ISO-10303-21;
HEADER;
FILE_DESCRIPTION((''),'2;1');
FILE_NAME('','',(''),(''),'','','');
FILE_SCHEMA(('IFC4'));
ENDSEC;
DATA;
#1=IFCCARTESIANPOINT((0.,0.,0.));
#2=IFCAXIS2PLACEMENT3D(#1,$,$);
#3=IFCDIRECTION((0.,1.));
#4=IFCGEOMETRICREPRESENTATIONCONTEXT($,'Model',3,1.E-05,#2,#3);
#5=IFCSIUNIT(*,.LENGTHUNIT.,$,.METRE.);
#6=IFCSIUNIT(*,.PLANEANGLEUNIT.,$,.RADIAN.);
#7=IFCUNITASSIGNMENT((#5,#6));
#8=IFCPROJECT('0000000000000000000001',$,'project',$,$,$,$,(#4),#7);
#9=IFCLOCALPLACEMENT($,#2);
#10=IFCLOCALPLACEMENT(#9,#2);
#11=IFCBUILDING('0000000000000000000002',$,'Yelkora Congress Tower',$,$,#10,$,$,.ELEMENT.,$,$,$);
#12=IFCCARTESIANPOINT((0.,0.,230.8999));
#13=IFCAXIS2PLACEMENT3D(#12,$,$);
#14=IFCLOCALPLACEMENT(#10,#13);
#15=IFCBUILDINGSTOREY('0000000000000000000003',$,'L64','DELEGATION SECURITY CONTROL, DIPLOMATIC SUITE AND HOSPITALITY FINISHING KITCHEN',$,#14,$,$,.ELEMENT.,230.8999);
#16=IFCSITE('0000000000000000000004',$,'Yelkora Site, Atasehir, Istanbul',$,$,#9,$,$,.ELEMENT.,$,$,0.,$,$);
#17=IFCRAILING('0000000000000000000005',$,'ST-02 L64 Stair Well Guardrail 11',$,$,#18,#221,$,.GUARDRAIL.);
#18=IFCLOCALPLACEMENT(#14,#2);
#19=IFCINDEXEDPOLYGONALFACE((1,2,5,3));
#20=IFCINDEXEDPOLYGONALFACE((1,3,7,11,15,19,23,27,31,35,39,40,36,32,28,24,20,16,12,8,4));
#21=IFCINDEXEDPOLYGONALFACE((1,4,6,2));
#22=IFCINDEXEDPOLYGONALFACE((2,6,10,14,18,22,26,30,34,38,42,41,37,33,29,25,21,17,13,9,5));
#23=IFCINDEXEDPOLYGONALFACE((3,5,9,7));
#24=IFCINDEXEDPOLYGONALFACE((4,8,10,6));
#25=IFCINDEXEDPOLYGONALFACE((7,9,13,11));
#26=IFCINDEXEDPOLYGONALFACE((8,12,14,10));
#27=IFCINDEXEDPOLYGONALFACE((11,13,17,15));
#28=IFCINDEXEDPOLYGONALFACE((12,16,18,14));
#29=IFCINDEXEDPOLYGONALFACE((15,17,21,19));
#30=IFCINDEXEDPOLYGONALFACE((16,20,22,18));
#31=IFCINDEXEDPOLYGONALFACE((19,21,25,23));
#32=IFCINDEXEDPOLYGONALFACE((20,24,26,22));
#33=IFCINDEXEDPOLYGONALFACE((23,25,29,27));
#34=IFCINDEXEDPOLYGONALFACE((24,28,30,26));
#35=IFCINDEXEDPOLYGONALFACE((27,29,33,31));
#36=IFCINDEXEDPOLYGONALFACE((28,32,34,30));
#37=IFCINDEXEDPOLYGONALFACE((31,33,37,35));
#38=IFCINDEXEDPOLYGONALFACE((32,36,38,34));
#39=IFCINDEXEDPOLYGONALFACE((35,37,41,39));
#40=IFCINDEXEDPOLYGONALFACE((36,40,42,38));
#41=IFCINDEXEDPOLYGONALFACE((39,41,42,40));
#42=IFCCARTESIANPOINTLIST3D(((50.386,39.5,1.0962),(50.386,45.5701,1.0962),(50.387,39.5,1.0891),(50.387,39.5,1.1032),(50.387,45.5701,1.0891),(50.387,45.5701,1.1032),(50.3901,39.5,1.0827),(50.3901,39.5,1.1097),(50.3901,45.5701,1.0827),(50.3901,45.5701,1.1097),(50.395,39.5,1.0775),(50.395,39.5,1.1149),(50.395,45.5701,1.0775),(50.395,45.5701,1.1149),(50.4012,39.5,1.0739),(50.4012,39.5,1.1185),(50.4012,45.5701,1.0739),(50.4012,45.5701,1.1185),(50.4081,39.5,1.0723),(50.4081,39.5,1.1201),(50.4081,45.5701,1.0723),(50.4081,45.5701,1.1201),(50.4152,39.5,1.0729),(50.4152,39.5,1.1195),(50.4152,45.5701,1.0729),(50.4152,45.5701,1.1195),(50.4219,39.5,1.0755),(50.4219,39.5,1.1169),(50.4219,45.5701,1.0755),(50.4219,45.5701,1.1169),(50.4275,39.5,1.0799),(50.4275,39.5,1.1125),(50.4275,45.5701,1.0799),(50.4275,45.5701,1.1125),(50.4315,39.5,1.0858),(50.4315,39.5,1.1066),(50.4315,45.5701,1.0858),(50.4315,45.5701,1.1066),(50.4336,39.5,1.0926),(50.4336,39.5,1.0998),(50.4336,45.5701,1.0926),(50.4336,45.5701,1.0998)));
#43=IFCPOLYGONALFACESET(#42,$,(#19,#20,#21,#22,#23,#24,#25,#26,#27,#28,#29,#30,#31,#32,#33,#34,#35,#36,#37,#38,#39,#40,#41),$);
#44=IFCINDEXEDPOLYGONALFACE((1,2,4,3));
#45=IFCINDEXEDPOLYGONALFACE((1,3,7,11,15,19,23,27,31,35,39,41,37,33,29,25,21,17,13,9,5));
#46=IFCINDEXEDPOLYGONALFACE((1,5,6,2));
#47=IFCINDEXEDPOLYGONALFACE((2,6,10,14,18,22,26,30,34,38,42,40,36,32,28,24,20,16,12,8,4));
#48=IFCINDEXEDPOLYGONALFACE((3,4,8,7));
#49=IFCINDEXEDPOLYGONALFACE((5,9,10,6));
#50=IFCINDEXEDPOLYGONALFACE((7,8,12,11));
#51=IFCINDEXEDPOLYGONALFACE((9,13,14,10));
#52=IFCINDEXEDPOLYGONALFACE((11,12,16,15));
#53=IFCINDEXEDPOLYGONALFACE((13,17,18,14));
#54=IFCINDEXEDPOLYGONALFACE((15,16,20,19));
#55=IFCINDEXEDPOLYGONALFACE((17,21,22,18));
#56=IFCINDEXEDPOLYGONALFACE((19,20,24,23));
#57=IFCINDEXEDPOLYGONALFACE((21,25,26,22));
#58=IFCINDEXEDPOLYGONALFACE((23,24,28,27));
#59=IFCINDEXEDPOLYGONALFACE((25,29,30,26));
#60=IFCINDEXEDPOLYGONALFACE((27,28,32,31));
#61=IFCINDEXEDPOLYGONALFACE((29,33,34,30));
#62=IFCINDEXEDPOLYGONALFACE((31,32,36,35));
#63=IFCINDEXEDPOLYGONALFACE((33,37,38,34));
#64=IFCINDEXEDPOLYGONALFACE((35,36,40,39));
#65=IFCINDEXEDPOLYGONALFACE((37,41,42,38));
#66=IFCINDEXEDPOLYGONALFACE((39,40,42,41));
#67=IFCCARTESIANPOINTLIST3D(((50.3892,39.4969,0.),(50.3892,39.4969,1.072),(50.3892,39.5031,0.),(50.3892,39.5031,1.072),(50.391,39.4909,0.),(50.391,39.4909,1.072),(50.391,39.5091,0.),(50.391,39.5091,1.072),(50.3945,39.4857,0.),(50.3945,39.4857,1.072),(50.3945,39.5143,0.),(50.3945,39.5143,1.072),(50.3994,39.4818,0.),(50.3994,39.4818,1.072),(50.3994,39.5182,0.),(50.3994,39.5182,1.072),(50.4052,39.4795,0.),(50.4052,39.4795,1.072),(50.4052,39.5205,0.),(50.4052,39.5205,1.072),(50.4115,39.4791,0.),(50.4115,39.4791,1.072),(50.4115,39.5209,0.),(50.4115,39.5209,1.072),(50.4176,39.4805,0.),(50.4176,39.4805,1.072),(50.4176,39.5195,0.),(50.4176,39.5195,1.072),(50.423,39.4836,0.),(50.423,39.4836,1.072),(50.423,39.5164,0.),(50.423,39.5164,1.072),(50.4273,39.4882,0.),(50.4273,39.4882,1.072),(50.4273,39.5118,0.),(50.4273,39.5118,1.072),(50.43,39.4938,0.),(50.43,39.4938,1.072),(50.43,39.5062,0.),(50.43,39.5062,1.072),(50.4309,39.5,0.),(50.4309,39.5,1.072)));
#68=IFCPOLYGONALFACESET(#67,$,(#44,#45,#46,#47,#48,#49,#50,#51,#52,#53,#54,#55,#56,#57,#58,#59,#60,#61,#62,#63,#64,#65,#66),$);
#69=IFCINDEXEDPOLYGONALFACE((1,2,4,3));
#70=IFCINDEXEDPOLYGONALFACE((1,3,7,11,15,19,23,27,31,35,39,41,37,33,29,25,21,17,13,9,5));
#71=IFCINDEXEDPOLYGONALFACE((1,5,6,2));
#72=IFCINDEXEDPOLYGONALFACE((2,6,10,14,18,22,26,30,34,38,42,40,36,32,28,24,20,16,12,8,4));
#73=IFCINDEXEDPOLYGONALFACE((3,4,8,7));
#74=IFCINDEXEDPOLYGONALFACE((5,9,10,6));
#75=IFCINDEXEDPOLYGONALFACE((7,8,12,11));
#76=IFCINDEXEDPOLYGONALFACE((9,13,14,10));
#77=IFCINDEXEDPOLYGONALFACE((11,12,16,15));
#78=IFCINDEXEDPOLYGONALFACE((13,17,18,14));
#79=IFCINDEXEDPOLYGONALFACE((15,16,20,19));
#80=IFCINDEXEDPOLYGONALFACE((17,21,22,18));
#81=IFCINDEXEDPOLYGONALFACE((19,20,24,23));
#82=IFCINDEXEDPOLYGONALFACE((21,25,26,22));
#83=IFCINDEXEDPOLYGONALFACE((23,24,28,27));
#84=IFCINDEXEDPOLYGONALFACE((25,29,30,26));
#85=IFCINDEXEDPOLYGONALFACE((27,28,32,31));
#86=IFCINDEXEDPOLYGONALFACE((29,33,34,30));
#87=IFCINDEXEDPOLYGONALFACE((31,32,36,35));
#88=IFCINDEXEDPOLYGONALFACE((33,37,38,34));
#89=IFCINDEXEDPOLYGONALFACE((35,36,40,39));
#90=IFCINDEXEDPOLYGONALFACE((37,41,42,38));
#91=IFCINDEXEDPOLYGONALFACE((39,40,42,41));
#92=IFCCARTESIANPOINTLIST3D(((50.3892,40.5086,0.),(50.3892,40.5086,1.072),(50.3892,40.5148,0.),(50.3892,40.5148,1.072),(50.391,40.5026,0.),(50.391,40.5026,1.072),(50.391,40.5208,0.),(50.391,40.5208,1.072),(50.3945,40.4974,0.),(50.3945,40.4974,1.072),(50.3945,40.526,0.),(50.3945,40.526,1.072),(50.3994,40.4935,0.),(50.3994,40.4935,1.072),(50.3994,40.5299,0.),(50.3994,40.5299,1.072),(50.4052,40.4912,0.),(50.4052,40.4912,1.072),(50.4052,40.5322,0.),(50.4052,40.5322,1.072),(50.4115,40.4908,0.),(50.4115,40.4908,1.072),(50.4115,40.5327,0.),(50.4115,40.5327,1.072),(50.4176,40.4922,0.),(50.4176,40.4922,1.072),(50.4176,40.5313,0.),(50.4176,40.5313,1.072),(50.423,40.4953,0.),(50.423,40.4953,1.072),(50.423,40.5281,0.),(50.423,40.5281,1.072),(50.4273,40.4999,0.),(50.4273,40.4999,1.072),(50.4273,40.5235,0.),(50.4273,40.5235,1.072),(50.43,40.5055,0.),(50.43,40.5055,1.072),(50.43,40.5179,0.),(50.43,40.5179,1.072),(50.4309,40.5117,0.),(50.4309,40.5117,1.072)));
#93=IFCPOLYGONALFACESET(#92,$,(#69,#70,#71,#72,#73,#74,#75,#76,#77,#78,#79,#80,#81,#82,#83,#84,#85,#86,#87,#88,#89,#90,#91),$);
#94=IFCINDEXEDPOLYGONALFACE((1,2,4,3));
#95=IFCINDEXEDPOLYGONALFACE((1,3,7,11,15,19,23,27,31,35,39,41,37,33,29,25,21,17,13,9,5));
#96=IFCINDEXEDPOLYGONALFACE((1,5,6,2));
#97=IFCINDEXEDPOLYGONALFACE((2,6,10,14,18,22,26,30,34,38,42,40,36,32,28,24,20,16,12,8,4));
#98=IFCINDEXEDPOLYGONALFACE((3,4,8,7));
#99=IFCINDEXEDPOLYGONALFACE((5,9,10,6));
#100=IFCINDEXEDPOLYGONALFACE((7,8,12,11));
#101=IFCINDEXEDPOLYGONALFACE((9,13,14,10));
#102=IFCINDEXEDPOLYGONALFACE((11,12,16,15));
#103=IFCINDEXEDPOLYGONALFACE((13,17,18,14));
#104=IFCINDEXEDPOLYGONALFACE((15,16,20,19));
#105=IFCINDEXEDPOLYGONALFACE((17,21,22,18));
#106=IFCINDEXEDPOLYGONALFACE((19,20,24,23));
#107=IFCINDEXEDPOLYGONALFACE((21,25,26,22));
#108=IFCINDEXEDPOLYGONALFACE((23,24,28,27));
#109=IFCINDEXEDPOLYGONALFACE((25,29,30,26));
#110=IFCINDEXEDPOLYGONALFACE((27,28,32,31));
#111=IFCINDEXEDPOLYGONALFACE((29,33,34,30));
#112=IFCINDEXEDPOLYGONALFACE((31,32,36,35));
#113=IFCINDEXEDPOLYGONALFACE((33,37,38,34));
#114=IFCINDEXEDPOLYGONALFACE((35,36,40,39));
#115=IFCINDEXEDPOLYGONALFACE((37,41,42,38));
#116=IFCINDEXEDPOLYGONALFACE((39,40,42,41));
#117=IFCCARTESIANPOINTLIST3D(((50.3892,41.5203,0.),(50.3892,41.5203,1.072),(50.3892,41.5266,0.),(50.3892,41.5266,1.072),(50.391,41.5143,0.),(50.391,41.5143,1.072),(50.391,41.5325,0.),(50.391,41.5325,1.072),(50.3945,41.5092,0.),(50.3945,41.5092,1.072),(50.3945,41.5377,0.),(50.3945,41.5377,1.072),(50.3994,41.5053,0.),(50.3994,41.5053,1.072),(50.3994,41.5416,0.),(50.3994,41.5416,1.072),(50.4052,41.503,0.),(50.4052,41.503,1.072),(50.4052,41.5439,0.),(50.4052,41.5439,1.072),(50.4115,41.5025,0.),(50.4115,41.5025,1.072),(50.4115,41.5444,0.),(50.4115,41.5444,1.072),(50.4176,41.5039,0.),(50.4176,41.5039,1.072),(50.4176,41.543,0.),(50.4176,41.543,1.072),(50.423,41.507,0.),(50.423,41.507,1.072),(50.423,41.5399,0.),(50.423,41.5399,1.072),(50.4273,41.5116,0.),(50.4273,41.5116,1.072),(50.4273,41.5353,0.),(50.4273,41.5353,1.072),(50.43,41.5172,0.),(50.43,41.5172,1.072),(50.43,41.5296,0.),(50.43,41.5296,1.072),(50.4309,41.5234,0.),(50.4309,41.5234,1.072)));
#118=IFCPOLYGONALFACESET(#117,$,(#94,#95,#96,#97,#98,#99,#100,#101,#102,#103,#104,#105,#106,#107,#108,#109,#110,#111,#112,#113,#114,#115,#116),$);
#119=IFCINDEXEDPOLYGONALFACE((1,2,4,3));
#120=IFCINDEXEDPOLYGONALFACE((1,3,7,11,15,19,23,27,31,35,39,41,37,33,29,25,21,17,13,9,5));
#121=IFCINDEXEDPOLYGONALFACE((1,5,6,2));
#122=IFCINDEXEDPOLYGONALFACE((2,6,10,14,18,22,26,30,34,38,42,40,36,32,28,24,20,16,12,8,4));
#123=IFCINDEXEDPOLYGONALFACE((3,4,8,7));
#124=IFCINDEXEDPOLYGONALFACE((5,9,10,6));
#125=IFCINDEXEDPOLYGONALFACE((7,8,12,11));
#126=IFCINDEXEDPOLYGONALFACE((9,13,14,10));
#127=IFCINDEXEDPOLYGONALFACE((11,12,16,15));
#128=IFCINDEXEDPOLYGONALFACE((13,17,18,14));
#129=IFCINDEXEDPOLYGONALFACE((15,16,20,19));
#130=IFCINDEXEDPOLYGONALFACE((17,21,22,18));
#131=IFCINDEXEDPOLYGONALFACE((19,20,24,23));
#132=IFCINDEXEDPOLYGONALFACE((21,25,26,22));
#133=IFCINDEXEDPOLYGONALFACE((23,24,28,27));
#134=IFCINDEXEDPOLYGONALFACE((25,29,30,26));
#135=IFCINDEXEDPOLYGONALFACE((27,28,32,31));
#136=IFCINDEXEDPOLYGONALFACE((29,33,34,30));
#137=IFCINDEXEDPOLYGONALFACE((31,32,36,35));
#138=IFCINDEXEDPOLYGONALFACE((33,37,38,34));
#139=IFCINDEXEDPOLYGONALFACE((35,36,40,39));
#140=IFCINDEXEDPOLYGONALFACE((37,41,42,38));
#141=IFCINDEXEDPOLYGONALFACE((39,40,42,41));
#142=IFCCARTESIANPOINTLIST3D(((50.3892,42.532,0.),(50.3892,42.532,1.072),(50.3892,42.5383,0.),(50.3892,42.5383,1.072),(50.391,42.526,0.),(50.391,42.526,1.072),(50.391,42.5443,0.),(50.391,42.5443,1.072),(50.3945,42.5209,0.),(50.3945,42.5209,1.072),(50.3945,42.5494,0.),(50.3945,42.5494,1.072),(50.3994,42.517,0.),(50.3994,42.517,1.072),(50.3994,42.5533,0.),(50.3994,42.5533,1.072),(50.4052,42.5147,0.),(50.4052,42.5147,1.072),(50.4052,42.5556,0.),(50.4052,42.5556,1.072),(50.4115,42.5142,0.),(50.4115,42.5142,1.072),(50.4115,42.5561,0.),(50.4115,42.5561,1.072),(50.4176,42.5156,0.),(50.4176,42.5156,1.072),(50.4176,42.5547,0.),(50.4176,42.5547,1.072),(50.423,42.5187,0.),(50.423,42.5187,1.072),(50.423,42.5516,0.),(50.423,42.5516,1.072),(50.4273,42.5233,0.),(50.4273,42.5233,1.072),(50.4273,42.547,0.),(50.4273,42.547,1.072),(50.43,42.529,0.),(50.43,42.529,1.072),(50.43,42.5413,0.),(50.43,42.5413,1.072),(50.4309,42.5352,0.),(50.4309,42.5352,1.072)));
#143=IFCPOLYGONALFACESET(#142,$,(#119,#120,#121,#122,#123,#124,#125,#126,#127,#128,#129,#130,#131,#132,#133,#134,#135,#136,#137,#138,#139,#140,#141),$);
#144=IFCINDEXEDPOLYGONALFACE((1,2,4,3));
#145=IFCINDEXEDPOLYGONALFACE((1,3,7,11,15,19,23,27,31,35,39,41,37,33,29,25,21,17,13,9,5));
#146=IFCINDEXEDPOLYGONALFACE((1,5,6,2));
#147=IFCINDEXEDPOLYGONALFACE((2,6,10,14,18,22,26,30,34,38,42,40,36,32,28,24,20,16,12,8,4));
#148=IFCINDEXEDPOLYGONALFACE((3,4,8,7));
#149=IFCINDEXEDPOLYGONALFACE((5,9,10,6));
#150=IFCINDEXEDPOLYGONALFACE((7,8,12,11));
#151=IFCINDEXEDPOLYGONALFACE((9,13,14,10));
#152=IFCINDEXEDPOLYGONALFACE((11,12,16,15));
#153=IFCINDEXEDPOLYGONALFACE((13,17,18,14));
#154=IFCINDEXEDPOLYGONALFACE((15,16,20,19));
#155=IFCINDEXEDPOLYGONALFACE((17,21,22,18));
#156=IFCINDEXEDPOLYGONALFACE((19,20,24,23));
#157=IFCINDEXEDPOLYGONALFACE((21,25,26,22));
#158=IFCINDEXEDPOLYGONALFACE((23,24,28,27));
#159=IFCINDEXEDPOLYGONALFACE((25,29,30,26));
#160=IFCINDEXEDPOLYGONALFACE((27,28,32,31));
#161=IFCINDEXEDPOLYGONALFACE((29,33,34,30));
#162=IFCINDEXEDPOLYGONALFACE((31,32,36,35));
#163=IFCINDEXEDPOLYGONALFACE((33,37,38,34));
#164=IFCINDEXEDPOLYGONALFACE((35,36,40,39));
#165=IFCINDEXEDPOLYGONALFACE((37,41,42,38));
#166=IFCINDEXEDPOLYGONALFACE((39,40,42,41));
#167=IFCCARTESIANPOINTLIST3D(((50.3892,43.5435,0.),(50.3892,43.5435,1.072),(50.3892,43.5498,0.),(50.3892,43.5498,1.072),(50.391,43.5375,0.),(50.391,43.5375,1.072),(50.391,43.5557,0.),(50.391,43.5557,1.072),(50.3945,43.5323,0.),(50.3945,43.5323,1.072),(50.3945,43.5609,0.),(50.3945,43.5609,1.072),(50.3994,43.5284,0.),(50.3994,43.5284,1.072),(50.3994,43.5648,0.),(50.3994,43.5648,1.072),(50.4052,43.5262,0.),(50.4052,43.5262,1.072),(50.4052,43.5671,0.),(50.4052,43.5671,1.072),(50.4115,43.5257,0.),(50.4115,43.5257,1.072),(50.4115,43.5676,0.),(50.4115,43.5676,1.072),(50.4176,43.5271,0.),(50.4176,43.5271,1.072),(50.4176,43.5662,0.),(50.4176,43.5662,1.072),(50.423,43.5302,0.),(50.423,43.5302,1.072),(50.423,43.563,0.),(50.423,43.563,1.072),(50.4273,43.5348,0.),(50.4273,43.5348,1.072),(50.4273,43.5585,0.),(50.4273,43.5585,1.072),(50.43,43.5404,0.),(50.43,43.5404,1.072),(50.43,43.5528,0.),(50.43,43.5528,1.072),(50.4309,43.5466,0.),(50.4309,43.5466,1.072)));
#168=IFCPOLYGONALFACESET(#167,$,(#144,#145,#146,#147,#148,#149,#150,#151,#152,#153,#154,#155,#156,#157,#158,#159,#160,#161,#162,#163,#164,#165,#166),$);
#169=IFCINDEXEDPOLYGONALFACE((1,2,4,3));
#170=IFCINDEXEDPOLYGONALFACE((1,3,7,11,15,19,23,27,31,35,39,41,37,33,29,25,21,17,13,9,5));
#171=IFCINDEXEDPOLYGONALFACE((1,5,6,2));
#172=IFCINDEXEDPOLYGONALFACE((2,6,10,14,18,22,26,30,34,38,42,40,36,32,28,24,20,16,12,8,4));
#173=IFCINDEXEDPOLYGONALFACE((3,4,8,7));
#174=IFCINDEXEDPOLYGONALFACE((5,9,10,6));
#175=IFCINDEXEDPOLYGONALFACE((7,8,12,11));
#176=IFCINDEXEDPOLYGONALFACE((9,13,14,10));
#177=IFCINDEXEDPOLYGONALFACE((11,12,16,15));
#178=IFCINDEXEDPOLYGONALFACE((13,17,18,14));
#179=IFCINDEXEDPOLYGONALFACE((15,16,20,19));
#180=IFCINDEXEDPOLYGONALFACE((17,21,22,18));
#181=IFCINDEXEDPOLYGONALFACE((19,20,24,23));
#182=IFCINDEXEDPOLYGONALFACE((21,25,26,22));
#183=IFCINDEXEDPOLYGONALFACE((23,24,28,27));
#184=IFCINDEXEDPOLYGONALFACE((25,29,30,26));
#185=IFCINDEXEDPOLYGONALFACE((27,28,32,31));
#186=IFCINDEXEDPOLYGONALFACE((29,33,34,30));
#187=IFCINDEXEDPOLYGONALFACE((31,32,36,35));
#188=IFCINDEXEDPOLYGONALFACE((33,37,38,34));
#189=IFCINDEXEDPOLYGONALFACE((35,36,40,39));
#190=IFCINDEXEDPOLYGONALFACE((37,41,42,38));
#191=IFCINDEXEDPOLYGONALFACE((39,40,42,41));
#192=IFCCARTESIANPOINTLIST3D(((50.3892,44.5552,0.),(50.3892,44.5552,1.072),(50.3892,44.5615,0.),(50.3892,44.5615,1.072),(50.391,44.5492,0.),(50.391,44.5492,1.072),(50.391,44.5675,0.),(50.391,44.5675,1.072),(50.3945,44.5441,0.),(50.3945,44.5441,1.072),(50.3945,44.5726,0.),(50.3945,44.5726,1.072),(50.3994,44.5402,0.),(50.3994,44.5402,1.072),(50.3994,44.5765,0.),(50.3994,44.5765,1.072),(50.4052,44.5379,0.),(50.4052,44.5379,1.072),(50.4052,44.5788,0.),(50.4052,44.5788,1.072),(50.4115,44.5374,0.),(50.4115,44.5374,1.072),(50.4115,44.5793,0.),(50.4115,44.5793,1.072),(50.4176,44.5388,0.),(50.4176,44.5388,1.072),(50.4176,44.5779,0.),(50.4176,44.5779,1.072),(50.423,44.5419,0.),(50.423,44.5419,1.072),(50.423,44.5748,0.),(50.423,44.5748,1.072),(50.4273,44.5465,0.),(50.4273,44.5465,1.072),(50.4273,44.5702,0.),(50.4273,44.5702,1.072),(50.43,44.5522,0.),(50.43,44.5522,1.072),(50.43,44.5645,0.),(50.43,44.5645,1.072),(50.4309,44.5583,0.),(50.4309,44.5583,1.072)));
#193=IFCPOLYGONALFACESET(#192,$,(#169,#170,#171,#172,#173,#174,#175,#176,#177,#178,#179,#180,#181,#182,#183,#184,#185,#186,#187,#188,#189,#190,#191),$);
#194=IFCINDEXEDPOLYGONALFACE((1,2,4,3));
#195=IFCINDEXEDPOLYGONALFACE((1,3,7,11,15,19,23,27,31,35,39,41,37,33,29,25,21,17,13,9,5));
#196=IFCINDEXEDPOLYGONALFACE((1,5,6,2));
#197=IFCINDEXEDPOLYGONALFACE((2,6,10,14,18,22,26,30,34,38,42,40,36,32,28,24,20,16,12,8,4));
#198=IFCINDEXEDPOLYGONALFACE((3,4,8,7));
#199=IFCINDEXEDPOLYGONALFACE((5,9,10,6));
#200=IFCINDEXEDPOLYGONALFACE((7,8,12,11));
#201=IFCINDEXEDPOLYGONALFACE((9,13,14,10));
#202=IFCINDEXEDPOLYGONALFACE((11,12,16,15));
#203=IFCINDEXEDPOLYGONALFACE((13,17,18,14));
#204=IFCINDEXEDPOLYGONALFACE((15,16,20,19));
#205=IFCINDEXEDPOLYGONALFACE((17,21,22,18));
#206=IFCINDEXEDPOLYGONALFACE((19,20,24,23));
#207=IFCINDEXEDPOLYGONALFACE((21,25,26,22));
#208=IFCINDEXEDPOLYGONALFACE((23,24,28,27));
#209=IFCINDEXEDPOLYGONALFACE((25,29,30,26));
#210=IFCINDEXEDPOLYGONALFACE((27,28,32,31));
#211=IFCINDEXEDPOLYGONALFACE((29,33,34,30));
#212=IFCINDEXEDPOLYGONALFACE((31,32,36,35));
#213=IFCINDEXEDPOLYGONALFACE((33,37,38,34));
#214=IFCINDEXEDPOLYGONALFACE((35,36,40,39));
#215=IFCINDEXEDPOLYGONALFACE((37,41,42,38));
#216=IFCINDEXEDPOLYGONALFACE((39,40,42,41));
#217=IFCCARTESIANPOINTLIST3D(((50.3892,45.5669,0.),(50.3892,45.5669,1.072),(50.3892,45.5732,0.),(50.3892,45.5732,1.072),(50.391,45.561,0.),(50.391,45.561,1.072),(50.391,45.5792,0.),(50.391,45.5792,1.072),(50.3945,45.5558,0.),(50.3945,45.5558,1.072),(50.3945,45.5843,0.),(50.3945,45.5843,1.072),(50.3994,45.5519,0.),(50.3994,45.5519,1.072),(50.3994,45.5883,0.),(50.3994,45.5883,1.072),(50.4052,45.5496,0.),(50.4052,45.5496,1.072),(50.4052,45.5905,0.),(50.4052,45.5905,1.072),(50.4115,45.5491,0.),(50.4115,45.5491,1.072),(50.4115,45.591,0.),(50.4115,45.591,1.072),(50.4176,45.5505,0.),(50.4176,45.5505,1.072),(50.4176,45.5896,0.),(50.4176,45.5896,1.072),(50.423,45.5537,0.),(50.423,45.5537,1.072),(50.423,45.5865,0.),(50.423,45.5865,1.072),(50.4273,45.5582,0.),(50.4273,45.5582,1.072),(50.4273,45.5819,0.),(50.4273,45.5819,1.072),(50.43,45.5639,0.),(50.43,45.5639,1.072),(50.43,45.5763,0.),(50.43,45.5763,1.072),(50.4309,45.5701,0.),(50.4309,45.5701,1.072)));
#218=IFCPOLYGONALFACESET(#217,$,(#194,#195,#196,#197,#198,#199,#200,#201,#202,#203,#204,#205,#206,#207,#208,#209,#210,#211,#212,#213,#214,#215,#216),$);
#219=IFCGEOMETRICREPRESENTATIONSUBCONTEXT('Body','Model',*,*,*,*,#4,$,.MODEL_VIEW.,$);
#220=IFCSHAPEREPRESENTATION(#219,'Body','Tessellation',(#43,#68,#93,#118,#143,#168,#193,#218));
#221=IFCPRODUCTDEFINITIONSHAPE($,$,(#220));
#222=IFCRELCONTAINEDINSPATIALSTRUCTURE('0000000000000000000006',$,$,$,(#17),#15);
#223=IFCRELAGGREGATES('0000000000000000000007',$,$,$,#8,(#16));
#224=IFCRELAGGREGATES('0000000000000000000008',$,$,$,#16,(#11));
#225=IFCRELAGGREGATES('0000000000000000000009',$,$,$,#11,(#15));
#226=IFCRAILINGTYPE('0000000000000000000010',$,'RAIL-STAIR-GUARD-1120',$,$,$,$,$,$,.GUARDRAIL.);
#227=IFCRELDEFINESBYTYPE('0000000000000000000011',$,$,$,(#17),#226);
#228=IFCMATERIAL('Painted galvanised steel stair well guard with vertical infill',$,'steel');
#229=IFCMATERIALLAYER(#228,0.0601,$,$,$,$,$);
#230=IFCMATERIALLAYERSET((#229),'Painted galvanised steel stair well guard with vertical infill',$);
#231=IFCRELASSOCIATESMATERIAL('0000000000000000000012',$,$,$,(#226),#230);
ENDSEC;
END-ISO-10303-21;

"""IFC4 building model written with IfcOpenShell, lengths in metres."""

from ifc_helpers import new_model, si_unit, direction, frame, origin, origin_2d, place, context, subcontext, project, spatial, circle, extrude, material, layer, layer_set, type_object, element, save


model = new_model("IFC4")

# Units and contexts
model_context = context("Model", 3, precision=1e-05, world=origin(), true_north=direction((0.0, 1.0)))
body_context = subcontext(model_context, "Body", "Model", "MODEL_VIEW")
ifc_project = project(units=[si_unit("LENGTHUNIT", "METRE"), si_unit("PLANEANGLEUNIT", "RADIAN")], contexts=[model_context])

# Site, building, storey
site_placement = place(None, origin())
site = spatial("IfcSite", under=ifc_project, at=site_placement, Name="Yelkora Site, Atasehir, Istanbul", CompositionType="ELEMENT", RefElevation=0.0)
building_placement = place(site_placement, origin())
building = spatial("IfcBuilding", under=site, at=building_placement, Name="Yelkora Congress Tower", CompositionType="ELEMENT")
storey_placement = place(building_placement, frame((0.0, 0.0, 230.8999)))
storey = spatial("IfcBuildingStorey", under=building, at=storey_placement, Name="L64", Description="DELEGATION SECURITY CONTROL, DIPLOMATIC SUITE AND HOSPITALITY FINISHING KITCHEN", CompositionType="ELEMENT", Elevation=230.8999)

# Railing
ifc_material_1 = material(Name="Painted galvanised steel stair well guard with vertical infill", Category="steel")
ifc_layer_1 = layer(ifc_material_1, 0.0601)
ifc_layer_set_1 = layer_set([ifc_layer_1], Name="Painted galvanised steel stair well guard with vertical infill")
railing_type_1 = type_object("IfcRailingType", Name="RAIL-STAIR-GUARD-1120", PredefinedType="GUARDRAIL", material=ifc_layer_set_1)
railing_1_placement = place(storey_placement, frame((50.4099, 39.5, 0.0)))
element("IfcRailing", 1, at=railing_1_placement, inside=storey, type_object=railing_type_1, Name="ST-02 L64 Stair Well Guardrail 11", PredefinedType="GUARDRAIL", context=body_context, shape_type="SweptSolid", body=[
    extrude(circle(Radius=0.0239, at=origin_2d()), frame((0.0, 0.0, 1.0962), z_axis=(0.0, 1.0, 0.0), x_axis=(-1.0, 0.0, 0.0)), (0.0, 0.0, 1.0), 6.0701),
    extrude(circle(Radius=0.021, at=origin_2d()), origin(), (0.0, 0.0, 1.0), 1.072),
    extrude(circle(Radius=0.021, at=origin_2d()), frame((0.0, 1.0117, 0.0)), (0.0, 0.0, 1.0), 1.072),
    extrude(circle(Radius=0.021, at=origin_2d()), frame((0.0, 2.0234, 0.0)), (0.0, 0.0, 1.0), 1.072),
    extrude(circle(Radius=0.021, at=origin_2d()), frame((0.0, 3.0352, 0.0)), (0.0, 0.0, 1.0), 1.072),
    extrude(circle(Radius=0.021, at=origin_2d()), frame((0.0, 4.0466, 0.0)), (0.0, 0.0, 1.0), 1.072),
    extrude(circle(Radius=0.021, at=origin_2d()), frame((0.0, 5.0583, 0.0)), (0.0, 0.0, 1.0), 1.072),
    extrude(circle(Radius=0.021, at=origin_2d()), frame((0.0, 6.0701, 0.0)), (0.0, 0.0, 1.0), 1.072),
])

save(model, "model.ifc")
